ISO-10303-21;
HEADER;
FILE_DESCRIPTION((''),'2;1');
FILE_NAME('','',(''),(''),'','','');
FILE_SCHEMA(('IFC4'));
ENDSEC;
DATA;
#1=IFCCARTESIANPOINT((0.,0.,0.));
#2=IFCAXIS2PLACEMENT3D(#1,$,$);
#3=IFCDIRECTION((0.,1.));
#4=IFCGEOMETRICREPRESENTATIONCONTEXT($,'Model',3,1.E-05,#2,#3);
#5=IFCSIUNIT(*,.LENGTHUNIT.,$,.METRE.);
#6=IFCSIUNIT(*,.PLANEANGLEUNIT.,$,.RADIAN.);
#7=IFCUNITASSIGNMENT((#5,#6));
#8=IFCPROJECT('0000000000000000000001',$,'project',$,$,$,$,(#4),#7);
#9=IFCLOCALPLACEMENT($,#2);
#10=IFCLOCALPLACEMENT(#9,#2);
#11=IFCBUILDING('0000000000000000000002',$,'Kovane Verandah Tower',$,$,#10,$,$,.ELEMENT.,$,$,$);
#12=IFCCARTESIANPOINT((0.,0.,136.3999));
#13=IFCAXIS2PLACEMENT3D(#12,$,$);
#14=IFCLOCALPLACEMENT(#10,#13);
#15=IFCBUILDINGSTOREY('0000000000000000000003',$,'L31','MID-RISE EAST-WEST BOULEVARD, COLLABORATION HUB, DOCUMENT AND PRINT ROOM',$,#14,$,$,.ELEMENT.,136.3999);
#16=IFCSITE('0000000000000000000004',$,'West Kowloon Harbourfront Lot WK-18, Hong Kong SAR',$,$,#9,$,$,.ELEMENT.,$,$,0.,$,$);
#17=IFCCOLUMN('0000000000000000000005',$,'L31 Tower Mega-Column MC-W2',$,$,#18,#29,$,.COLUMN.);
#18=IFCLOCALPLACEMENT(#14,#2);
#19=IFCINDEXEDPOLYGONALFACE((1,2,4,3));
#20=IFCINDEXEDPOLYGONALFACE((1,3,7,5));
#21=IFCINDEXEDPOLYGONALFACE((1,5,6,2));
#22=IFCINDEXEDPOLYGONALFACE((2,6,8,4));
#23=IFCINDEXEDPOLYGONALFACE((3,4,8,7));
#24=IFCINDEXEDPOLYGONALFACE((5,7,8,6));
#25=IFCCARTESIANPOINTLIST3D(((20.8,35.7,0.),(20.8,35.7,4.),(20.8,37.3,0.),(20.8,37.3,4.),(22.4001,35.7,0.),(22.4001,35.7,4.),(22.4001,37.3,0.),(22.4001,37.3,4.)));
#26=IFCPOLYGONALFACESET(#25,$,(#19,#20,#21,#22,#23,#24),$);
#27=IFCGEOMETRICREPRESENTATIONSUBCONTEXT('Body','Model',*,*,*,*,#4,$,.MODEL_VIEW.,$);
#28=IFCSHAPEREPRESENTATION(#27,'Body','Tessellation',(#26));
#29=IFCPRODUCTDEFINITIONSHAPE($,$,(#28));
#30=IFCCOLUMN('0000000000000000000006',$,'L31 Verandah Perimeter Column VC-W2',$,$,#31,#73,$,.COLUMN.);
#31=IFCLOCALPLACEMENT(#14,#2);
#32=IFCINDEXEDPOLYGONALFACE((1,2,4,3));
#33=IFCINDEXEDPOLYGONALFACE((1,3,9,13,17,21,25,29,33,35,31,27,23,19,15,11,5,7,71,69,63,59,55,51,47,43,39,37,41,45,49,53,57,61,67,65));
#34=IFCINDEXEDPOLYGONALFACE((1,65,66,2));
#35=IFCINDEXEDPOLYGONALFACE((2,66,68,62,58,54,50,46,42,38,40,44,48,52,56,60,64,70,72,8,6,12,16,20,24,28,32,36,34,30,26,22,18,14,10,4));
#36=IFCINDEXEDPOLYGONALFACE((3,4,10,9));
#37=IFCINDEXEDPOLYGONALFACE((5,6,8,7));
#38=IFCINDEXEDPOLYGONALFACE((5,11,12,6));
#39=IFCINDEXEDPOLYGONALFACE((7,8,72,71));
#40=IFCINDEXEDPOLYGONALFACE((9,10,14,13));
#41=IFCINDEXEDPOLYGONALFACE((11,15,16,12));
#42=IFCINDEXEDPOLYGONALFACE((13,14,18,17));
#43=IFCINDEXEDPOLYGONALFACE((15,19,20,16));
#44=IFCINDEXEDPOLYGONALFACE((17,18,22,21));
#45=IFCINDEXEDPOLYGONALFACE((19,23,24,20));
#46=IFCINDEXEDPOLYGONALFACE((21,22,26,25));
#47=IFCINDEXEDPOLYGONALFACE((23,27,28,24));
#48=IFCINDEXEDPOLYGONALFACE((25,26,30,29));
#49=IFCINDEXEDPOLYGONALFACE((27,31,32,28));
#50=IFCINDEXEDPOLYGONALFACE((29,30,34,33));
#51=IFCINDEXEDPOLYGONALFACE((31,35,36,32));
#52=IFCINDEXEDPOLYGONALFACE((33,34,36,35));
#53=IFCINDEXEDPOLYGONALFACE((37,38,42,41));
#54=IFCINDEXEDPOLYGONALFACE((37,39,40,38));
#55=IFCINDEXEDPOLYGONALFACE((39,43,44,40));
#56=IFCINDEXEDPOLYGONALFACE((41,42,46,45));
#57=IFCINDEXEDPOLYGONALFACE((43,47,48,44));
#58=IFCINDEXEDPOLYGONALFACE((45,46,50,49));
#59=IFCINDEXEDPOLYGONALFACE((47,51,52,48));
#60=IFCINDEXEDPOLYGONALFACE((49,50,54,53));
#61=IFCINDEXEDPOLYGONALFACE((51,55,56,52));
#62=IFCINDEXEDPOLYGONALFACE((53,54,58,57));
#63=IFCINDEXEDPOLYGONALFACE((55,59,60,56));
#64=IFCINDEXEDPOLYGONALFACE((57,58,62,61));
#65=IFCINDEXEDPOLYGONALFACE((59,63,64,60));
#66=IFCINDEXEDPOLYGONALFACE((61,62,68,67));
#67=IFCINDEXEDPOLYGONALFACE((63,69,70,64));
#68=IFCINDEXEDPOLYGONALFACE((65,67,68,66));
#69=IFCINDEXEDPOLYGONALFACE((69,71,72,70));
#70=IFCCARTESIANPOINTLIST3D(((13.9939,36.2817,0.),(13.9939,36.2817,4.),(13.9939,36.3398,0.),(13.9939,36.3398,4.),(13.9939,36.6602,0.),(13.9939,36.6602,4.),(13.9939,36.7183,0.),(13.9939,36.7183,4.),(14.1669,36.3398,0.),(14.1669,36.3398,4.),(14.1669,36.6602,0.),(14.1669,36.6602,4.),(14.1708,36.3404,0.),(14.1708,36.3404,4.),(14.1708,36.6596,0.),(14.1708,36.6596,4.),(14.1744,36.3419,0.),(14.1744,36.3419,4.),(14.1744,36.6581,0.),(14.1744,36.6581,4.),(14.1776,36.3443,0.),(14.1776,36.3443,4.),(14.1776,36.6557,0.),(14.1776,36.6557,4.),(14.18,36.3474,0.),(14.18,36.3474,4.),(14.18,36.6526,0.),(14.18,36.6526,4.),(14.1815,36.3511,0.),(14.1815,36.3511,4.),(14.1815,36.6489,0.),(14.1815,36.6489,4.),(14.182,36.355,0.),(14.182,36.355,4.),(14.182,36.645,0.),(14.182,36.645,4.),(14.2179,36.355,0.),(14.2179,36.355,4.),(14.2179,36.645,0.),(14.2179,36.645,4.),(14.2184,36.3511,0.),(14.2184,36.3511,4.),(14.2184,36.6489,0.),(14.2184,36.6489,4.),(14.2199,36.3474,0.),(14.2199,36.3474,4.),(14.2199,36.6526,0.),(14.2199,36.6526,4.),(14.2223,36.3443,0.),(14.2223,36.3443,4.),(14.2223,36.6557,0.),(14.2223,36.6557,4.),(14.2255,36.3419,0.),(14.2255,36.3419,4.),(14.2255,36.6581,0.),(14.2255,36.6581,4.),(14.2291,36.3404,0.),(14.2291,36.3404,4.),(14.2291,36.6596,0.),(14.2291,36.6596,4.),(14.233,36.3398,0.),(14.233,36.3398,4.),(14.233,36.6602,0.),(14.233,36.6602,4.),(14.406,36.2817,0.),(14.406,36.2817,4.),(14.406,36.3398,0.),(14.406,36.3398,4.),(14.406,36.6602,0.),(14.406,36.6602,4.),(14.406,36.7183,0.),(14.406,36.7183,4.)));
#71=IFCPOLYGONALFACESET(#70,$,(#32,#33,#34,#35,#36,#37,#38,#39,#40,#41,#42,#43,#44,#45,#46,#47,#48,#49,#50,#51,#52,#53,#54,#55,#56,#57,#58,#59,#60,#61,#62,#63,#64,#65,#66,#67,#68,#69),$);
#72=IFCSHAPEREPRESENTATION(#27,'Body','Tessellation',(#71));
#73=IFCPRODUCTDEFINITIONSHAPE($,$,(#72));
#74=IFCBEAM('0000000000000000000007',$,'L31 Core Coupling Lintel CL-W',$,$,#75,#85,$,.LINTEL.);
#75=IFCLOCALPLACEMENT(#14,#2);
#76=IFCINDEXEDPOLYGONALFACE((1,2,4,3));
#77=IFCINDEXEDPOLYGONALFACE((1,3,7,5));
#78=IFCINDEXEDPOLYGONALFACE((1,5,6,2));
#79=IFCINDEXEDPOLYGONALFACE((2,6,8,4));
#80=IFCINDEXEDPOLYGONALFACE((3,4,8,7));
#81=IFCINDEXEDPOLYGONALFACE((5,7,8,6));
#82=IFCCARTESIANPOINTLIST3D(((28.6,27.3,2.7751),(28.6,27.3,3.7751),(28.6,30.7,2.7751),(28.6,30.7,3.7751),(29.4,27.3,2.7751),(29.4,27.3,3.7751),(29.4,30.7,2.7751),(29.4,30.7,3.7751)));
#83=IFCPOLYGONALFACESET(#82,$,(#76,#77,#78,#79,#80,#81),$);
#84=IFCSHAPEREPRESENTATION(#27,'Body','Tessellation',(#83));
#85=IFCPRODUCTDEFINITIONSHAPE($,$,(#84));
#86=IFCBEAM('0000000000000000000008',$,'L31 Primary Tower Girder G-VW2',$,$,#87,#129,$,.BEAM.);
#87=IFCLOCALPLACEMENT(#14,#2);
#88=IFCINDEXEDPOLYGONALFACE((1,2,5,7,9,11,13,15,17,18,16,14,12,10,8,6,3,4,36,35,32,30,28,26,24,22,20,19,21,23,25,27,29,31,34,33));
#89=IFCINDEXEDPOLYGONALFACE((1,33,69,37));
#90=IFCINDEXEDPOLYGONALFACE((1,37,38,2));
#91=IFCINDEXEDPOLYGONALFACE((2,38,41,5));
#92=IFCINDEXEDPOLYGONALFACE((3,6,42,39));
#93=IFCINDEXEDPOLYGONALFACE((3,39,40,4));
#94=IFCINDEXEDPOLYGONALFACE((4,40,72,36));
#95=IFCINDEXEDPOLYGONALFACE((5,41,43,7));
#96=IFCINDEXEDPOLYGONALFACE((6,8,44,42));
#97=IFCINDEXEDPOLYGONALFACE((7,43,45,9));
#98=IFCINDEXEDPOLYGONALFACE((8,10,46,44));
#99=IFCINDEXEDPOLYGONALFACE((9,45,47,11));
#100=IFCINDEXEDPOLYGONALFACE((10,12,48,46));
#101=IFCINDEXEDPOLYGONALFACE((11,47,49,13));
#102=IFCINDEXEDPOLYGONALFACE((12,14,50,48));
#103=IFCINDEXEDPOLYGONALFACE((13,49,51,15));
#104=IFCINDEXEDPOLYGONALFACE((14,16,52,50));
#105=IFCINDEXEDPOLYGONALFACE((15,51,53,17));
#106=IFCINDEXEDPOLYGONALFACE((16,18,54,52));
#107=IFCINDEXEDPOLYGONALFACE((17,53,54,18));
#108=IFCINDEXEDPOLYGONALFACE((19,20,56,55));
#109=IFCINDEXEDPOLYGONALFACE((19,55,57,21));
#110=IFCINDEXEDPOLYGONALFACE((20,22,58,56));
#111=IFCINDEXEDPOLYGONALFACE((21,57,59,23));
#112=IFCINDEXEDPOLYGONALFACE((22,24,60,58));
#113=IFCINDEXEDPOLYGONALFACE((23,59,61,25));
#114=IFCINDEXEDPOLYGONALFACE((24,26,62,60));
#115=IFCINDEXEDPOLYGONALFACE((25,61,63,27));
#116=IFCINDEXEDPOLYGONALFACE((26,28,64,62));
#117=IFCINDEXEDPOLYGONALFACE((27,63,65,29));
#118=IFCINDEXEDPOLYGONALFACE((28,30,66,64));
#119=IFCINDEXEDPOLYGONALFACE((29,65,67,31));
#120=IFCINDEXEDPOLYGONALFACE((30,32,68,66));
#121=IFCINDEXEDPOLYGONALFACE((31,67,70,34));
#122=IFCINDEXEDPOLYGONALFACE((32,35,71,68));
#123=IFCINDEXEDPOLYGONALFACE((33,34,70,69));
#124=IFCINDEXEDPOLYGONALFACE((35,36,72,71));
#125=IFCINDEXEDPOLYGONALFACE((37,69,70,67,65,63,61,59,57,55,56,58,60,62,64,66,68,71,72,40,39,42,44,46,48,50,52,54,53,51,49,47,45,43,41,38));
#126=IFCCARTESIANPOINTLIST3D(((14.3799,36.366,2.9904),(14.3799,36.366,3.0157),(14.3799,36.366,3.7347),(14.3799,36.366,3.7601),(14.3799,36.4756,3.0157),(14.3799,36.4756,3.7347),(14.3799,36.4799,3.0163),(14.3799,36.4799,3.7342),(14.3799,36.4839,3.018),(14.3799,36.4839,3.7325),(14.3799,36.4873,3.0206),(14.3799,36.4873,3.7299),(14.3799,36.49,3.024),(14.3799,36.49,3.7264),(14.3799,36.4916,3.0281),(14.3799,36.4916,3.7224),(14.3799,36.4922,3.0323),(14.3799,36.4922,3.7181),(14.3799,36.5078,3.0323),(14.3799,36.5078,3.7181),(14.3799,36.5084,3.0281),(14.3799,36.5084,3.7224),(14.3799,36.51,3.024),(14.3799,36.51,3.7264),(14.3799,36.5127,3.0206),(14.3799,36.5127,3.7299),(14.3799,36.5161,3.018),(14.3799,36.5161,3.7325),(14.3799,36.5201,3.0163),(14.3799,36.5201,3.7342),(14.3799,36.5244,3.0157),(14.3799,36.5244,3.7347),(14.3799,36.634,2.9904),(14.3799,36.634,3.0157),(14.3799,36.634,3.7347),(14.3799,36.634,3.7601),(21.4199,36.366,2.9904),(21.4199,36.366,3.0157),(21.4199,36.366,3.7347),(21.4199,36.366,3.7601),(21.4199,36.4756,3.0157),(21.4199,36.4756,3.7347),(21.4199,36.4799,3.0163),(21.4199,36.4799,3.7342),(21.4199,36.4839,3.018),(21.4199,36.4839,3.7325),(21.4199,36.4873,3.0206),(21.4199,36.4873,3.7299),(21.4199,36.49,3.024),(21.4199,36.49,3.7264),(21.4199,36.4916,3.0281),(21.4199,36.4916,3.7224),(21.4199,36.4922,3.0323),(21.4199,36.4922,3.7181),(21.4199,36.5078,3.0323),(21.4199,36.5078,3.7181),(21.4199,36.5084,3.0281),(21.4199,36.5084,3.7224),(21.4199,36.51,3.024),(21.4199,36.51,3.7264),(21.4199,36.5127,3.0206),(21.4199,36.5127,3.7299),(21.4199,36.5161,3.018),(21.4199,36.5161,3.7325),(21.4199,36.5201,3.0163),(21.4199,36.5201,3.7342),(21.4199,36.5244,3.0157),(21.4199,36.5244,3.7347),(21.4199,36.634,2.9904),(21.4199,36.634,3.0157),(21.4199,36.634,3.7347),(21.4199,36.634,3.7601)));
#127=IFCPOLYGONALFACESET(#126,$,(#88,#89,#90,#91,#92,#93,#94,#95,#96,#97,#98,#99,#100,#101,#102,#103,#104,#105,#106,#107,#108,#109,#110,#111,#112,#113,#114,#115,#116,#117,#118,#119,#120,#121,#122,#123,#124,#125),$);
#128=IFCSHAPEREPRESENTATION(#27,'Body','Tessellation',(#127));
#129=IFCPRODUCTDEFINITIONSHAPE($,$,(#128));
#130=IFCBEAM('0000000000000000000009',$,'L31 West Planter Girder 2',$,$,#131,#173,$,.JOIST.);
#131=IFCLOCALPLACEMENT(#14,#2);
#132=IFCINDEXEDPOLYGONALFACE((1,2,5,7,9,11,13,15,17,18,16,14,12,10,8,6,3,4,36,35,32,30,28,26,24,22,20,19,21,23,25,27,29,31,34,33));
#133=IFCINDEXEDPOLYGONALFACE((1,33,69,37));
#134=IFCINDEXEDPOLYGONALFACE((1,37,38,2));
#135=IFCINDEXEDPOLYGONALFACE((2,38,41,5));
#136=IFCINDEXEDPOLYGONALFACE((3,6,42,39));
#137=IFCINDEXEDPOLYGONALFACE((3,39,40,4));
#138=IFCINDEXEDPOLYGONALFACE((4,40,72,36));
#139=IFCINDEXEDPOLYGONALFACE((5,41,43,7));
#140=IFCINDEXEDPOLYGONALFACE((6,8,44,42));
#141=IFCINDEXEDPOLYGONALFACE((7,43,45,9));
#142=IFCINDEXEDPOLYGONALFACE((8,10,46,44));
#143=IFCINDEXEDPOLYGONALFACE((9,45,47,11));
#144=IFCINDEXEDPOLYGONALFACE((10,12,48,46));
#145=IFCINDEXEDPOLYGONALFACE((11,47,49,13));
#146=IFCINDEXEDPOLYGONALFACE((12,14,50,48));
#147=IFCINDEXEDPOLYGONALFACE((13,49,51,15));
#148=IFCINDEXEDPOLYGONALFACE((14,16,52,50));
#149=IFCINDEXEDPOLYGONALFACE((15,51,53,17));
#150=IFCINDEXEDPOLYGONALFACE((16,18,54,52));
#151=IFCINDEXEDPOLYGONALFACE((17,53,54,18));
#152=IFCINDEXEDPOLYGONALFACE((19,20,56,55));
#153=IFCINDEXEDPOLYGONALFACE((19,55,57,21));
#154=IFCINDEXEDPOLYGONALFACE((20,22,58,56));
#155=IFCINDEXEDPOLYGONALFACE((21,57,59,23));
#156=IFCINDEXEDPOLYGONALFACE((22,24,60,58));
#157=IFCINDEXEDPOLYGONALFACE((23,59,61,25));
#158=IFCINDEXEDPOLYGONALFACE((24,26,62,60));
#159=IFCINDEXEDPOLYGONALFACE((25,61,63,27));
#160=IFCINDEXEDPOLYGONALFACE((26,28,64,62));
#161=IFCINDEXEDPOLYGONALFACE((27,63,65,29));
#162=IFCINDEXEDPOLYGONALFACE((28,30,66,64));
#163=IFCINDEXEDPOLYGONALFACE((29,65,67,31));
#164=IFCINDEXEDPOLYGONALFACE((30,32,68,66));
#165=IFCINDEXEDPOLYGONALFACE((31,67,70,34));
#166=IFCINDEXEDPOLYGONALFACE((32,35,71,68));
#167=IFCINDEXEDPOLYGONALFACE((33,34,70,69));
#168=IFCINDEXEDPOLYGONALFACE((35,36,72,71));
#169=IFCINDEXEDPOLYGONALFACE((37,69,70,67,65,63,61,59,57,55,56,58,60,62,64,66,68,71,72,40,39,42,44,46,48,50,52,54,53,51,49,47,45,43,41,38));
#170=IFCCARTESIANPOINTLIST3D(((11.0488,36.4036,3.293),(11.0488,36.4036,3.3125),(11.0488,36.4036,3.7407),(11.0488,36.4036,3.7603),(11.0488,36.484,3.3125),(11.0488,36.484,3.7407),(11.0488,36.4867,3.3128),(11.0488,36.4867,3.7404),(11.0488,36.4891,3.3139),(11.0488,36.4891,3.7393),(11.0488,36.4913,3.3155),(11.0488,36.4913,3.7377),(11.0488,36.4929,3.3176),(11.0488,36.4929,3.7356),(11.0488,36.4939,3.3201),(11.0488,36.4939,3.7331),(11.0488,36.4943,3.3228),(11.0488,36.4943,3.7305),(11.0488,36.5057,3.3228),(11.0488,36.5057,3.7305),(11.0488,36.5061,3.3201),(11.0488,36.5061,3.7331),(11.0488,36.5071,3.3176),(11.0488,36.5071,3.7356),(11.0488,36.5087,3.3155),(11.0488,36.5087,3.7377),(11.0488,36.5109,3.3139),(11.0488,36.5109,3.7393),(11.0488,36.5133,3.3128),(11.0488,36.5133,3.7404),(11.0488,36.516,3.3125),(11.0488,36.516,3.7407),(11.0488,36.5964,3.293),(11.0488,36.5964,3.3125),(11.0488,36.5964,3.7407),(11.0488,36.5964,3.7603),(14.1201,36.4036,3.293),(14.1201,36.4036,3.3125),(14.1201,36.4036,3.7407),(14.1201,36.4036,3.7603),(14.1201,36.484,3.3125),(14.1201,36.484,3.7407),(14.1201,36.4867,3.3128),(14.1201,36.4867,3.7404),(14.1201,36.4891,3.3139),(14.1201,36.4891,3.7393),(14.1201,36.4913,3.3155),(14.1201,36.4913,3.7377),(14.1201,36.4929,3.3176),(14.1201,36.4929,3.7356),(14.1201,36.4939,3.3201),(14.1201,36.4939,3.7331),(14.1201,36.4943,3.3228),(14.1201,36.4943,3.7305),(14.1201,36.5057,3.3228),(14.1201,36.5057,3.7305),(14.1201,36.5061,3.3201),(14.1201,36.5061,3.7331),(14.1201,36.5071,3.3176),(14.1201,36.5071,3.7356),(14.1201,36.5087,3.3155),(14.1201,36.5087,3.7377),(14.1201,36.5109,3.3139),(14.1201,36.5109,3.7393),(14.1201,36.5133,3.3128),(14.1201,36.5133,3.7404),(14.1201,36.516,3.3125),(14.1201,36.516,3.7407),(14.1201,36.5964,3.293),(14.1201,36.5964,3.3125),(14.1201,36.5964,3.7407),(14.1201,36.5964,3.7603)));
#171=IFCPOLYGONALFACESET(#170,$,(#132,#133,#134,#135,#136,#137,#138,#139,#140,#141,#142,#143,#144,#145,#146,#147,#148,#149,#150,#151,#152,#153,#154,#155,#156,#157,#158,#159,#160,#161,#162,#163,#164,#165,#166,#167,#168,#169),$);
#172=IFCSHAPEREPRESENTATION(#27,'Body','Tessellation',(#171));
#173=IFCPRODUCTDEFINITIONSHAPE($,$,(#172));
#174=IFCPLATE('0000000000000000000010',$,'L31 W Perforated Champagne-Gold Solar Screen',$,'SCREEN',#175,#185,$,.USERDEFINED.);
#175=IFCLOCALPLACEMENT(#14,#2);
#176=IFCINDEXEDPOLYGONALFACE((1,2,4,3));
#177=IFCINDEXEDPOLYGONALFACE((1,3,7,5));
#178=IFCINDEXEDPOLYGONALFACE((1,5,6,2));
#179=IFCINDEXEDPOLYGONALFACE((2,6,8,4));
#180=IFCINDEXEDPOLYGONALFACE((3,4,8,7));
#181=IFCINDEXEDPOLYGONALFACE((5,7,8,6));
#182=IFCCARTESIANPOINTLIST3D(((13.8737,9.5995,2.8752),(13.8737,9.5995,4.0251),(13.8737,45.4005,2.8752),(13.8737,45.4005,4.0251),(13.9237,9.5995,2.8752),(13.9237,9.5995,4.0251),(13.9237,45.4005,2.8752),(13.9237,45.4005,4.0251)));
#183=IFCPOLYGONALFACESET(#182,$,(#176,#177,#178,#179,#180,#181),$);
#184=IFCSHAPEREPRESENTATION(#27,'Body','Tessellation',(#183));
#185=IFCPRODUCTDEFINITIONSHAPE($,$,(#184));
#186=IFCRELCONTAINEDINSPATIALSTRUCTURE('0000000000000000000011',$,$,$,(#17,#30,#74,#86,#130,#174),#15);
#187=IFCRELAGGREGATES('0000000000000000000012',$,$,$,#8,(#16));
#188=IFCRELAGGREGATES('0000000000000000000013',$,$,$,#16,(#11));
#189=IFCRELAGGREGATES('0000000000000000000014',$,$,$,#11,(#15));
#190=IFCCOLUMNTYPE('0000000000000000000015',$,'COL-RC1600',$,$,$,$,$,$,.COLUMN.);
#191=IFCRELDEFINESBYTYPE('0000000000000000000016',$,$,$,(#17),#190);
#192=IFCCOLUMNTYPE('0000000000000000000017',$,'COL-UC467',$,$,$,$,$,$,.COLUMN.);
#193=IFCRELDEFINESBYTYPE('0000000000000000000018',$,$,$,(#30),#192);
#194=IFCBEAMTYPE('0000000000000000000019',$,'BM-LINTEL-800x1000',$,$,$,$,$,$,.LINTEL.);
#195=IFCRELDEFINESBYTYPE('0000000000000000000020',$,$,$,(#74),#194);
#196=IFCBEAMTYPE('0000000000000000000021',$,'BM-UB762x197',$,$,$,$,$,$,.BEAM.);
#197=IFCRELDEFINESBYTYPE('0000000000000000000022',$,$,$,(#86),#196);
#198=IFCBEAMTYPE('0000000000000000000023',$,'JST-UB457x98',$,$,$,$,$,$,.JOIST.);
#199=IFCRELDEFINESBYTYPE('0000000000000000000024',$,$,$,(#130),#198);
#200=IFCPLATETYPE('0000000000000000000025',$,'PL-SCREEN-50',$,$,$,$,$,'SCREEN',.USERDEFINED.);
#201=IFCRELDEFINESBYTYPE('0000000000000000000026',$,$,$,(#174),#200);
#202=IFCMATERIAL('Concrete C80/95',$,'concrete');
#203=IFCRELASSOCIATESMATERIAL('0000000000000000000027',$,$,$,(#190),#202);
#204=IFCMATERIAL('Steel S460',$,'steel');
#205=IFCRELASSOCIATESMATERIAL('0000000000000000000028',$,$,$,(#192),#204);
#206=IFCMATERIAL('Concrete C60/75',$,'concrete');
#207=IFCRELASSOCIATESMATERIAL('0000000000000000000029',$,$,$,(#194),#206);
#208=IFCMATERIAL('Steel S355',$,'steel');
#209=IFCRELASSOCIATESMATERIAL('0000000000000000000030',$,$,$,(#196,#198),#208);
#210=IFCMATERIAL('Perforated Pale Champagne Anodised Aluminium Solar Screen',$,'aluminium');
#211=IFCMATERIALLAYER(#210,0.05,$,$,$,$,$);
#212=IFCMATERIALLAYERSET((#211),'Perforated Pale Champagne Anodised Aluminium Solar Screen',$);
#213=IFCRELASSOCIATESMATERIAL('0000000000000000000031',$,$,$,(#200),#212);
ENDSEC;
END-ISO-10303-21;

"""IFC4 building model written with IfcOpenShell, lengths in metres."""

from ifc_helpers import new_model, si_unit, direction, frame, origin, origin_2d, place, context, subcontext, project, spatial, rectangle, i_section, extrude, material, layer, layer_set, material_profile, profile_set, type_object, element, save


model = new_model("IFC4")

# Units and contexts
model_context = context("Model", 3, precision=1e-05, world=origin(), true_north=direction((0.0, 1.0)))
body_context = subcontext(model_context, "Body", "Model", "MODEL_VIEW")
ifc_project = project(units=[si_unit("LENGTHUNIT", "METRE"), si_unit("PLANEANGLEUNIT", "RADIAN")], contexts=[model_context])

# Site, building, storey
site_placement = place(None, origin())
site = spatial("IfcSite", under=ifc_project, at=site_placement, Name="West Kowloon Harbourfront Lot WK-18, Hong Kong SAR", CompositionType="ELEMENT", RefElevation=0.0)
building_placement = place(site_placement, origin())
building = spatial("IfcBuilding", under=site, at=building_placement, Name="Kovane Verandah Tower", CompositionType="ELEMENT")
storey_placement = place(building_placement, frame((0.0, 0.0, 136.3999)))
storey = spatial("IfcBuildingStorey", under=building, at=storey_placement, Name="L31", Description="MID-RISE EAST-WEST BOULEVARD, COLLABORATION HUB, DOCUMENT AND PRINT ROOM", CompositionType="ELEMENT", Elevation=136.3999)

# Columns
ifc_material_1 = material(Name="Concrete C80/95", Category="concrete")
ifc_material_profile_1 = material_profile(ifc_material_1, rectangle(XDim=1.6001, YDim=1.6001, at=origin_2d()), Name="RC1600x1600")
ifc_profile_set_1 = profile_set([ifc_material_profile_1], Name="Concrete C80/95")
column_type_1 = type_object("IfcColumnType", Name="COL-RC1600", PredefinedType="COLUMN", material=ifc_profile_set_1)
column_1_placement = place(storey_placement, frame((21.6001, 36.5, 0.0), z_axis=(0.0, 0.0, 1.0), x_axis=(1.0, 0.0, 0.0)))
element("IfcColumn", 1, at=column_1_placement, inside=storey, type_object=column_type_1, Name="L31 Tower Mega-Column MC-W2", PredefinedType="COLUMN", context=body_context, shape_type="SweptSolid", body=[
    extrude(rectangle(XDim=1.6001, YDim=1.6001, at=origin_2d()), origin(), (0.0, 0.0, 1.0), 4.0),
])
ifc_material_2 = material(Name="Steel S460", Category="steel")
ifc_material_profile_2 = material_profile(ifc_material_2, i_section(OverallWidth=0.4121, OverallDepth=0.4365, WebThickness=0.0359, FlangeThickness=0.0581, FilletRadius=0.0151, at=origin_2d()), Name="UC356x406x467")
ifc_profile_set_2 = profile_set([ifc_material_profile_2], Name="Steel S460")
column_type_2 = type_object("IfcColumnType", Name="COL-UC467", PredefinedType="COLUMN", material=ifc_profile_set_2)
column_2_placement = place(storey_placement, frame((14.2, 36.5, 0.0), z_axis=(0.0, 0.0, 1.0), x_axis=(1.0, 0.0, 0.0)))
element("IfcColumn", 2, at=column_2_placement, inside=storey, type_object=column_type_2, Name="L31 Verandah Perimeter Column VC-W2", PredefinedType="COLUMN", context=body_context, shape_type="SweptSolid", body=[
    extrude(i_section(OverallWidth=0.4121, OverallDepth=0.4365, WebThickness=0.0359, FlangeThickness=0.0581, FilletRadius=0.0151, at=origin_2d()), origin(), (0.0, 0.0, 1.0), 4.0),
])

# Beams
ifc_material_3 = material(Name="Concrete C60/75", Category="concrete")
ifc_material_profile_3 = material_profile(ifc_material_3, rectangle(XDim=0.8, YDim=1.0, at=origin_2d()), Name="RCB800x1000")
ifc_profile_set_3 = profile_set([ifc_material_profile_3], Name="Concrete C60/75")
beam_type_1 = type_object("IfcBeamType", Name="BM-LINTEL-800x1000", PredefinedType="LINTEL", material=ifc_profile_set_3)
beam_1_placement = place(storey_placement, frame((29.0, 27.3, 3.2751), z_axis=(0.0, 1.0, 0.0), x_axis=(-1.0, 0.0, 0.0)))
element("IfcBeam", 3, at=beam_1_placement, inside=storey, type_object=beam_type_1, Name="L31 Core Coupling Lintel CL-W", PredefinedType="LINTEL", context=body_context, shape_type="SweptSolid", body=[
    extrude(rectangle(XDim=0.8, YDim=1.0, at=origin_2d()), origin(), (0.0, 0.0, 1.0), 3.3999),
])
ifc_material_4 = material(Name="Steel S355", Category="steel")
ifc_material_profile_4 = material_profile(ifc_material_4, i_section(OverallWidth=0.2681, OverallDepth=0.7698, WebThickness=0.0156, FlangeThickness=0.0254, FilletRadius=0.0166, at=origin_2d()), Name="UB762x267x197")
ifc_profile_set_4 = profile_set([ifc_material_profile_4], Name="Steel S355")
beam_type_2 = type_object("IfcBeamType", Name="BM-UB762x197", PredefinedType="BEAM", material=ifc_profile_set_4)
beam_2_placement = place(storey_placement, frame((21.4199, 36.5, 3.3752), z_axis=(-1.0, 0.0, 0.0), x_axis=(0.0, -1.0, 0.0)))
element("IfcBeam", 4, at=beam_2_placement, inside=storey, type_object=beam_type_2, Name="L31 Primary Tower Girder G-VW2", PredefinedType="BEAM", context=body_context, shape_type="SweptSolid", body=[
    extrude(i_section(OverallWidth=0.2681, OverallDepth=0.7698, WebThickness=0.0156, FlangeThickness=0.0254, FilletRadius=0.0166, at=origin_2d()), origin(), (0.0, 0.0, 1.0), 7.04),
])
ifc_material_profile_5 = material_profile(ifc_material_4, i_section(OverallWidth=0.1929, OverallDepth=0.4673, WebThickness=0.0115, FlangeThickness=0.0195, FilletRadius=0.0103, at=origin_2d()), Name="UB457x191x98")
ifc_profile_set_5 = profile_set([ifc_material_profile_5], Name="Steel S355")
beam_type_3 = type_object("IfcBeamType", Name="JST-UB457x98", PredefinedType="JOIST", material=ifc_profile_set_5)
beam_3_placement = place(storey_placement, frame((14.1201, 36.5, 3.5266), z_axis=(-1.0, 0.0, 0.0), x_axis=(0.0, -1.0, 0.0)))
element("IfcBeam", 5, at=beam_3_placement, inside=storey, type_object=beam_type_3, Name="L31 West Planter Girder 2", PredefinedType="JOIST", context=body_context, shape_type="SweptSolid", body=[
    extrude(i_section(OverallWidth=0.1929, OverallDepth=0.4673, WebThickness=0.0115, FlangeThickness=0.0195, FilletRadius=0.0103, at=origin_2d()), origin(), (0.0, 0.0, 1.0), 3.0713),
])

# Plate
ifc_material_5 = material(Name="Perforated Pale Champagne Anodised Aluminium Solar Screen", Category="aluminium")
ifc_layer_1 = layer(ifc_material_5, 0.05)
ifc_layer_set_1 = layer_set([ifc_layer_1], Name="Perforated Pale Champagne Anodised Aluminium Solar Screen")
plate_type = type_object("IfcPlateType", Name="PL-SCREEN-50", ElementType="SCREEN", PredefinedType="USERDEFINED", material=ifc_layer_set_1)
plate_placement = place(storey_placement, frame((13.8987, 27.5, 2.8752), z_axis=(0.0, 0.0, 1.0), x_axis=(0.0, -1.0, 0.0)))
element("IfcPlate", 6, at=plate_placement, inside=storey, type_object=plate_type, Name="L31 W Perforated Champagne-Gold Solar Screen", ObjectType="SCREEN", PredefinedType="USERDEFINED", context=body_context, shape_type="SweptSolid", body=[
    extrude(rectangle(XDim=35.801, YDim=0.05, at=origin_2d()), origin(), (0.0, 0.0, 1.0), 1.1499),
])

save(model, "model.ifc")
